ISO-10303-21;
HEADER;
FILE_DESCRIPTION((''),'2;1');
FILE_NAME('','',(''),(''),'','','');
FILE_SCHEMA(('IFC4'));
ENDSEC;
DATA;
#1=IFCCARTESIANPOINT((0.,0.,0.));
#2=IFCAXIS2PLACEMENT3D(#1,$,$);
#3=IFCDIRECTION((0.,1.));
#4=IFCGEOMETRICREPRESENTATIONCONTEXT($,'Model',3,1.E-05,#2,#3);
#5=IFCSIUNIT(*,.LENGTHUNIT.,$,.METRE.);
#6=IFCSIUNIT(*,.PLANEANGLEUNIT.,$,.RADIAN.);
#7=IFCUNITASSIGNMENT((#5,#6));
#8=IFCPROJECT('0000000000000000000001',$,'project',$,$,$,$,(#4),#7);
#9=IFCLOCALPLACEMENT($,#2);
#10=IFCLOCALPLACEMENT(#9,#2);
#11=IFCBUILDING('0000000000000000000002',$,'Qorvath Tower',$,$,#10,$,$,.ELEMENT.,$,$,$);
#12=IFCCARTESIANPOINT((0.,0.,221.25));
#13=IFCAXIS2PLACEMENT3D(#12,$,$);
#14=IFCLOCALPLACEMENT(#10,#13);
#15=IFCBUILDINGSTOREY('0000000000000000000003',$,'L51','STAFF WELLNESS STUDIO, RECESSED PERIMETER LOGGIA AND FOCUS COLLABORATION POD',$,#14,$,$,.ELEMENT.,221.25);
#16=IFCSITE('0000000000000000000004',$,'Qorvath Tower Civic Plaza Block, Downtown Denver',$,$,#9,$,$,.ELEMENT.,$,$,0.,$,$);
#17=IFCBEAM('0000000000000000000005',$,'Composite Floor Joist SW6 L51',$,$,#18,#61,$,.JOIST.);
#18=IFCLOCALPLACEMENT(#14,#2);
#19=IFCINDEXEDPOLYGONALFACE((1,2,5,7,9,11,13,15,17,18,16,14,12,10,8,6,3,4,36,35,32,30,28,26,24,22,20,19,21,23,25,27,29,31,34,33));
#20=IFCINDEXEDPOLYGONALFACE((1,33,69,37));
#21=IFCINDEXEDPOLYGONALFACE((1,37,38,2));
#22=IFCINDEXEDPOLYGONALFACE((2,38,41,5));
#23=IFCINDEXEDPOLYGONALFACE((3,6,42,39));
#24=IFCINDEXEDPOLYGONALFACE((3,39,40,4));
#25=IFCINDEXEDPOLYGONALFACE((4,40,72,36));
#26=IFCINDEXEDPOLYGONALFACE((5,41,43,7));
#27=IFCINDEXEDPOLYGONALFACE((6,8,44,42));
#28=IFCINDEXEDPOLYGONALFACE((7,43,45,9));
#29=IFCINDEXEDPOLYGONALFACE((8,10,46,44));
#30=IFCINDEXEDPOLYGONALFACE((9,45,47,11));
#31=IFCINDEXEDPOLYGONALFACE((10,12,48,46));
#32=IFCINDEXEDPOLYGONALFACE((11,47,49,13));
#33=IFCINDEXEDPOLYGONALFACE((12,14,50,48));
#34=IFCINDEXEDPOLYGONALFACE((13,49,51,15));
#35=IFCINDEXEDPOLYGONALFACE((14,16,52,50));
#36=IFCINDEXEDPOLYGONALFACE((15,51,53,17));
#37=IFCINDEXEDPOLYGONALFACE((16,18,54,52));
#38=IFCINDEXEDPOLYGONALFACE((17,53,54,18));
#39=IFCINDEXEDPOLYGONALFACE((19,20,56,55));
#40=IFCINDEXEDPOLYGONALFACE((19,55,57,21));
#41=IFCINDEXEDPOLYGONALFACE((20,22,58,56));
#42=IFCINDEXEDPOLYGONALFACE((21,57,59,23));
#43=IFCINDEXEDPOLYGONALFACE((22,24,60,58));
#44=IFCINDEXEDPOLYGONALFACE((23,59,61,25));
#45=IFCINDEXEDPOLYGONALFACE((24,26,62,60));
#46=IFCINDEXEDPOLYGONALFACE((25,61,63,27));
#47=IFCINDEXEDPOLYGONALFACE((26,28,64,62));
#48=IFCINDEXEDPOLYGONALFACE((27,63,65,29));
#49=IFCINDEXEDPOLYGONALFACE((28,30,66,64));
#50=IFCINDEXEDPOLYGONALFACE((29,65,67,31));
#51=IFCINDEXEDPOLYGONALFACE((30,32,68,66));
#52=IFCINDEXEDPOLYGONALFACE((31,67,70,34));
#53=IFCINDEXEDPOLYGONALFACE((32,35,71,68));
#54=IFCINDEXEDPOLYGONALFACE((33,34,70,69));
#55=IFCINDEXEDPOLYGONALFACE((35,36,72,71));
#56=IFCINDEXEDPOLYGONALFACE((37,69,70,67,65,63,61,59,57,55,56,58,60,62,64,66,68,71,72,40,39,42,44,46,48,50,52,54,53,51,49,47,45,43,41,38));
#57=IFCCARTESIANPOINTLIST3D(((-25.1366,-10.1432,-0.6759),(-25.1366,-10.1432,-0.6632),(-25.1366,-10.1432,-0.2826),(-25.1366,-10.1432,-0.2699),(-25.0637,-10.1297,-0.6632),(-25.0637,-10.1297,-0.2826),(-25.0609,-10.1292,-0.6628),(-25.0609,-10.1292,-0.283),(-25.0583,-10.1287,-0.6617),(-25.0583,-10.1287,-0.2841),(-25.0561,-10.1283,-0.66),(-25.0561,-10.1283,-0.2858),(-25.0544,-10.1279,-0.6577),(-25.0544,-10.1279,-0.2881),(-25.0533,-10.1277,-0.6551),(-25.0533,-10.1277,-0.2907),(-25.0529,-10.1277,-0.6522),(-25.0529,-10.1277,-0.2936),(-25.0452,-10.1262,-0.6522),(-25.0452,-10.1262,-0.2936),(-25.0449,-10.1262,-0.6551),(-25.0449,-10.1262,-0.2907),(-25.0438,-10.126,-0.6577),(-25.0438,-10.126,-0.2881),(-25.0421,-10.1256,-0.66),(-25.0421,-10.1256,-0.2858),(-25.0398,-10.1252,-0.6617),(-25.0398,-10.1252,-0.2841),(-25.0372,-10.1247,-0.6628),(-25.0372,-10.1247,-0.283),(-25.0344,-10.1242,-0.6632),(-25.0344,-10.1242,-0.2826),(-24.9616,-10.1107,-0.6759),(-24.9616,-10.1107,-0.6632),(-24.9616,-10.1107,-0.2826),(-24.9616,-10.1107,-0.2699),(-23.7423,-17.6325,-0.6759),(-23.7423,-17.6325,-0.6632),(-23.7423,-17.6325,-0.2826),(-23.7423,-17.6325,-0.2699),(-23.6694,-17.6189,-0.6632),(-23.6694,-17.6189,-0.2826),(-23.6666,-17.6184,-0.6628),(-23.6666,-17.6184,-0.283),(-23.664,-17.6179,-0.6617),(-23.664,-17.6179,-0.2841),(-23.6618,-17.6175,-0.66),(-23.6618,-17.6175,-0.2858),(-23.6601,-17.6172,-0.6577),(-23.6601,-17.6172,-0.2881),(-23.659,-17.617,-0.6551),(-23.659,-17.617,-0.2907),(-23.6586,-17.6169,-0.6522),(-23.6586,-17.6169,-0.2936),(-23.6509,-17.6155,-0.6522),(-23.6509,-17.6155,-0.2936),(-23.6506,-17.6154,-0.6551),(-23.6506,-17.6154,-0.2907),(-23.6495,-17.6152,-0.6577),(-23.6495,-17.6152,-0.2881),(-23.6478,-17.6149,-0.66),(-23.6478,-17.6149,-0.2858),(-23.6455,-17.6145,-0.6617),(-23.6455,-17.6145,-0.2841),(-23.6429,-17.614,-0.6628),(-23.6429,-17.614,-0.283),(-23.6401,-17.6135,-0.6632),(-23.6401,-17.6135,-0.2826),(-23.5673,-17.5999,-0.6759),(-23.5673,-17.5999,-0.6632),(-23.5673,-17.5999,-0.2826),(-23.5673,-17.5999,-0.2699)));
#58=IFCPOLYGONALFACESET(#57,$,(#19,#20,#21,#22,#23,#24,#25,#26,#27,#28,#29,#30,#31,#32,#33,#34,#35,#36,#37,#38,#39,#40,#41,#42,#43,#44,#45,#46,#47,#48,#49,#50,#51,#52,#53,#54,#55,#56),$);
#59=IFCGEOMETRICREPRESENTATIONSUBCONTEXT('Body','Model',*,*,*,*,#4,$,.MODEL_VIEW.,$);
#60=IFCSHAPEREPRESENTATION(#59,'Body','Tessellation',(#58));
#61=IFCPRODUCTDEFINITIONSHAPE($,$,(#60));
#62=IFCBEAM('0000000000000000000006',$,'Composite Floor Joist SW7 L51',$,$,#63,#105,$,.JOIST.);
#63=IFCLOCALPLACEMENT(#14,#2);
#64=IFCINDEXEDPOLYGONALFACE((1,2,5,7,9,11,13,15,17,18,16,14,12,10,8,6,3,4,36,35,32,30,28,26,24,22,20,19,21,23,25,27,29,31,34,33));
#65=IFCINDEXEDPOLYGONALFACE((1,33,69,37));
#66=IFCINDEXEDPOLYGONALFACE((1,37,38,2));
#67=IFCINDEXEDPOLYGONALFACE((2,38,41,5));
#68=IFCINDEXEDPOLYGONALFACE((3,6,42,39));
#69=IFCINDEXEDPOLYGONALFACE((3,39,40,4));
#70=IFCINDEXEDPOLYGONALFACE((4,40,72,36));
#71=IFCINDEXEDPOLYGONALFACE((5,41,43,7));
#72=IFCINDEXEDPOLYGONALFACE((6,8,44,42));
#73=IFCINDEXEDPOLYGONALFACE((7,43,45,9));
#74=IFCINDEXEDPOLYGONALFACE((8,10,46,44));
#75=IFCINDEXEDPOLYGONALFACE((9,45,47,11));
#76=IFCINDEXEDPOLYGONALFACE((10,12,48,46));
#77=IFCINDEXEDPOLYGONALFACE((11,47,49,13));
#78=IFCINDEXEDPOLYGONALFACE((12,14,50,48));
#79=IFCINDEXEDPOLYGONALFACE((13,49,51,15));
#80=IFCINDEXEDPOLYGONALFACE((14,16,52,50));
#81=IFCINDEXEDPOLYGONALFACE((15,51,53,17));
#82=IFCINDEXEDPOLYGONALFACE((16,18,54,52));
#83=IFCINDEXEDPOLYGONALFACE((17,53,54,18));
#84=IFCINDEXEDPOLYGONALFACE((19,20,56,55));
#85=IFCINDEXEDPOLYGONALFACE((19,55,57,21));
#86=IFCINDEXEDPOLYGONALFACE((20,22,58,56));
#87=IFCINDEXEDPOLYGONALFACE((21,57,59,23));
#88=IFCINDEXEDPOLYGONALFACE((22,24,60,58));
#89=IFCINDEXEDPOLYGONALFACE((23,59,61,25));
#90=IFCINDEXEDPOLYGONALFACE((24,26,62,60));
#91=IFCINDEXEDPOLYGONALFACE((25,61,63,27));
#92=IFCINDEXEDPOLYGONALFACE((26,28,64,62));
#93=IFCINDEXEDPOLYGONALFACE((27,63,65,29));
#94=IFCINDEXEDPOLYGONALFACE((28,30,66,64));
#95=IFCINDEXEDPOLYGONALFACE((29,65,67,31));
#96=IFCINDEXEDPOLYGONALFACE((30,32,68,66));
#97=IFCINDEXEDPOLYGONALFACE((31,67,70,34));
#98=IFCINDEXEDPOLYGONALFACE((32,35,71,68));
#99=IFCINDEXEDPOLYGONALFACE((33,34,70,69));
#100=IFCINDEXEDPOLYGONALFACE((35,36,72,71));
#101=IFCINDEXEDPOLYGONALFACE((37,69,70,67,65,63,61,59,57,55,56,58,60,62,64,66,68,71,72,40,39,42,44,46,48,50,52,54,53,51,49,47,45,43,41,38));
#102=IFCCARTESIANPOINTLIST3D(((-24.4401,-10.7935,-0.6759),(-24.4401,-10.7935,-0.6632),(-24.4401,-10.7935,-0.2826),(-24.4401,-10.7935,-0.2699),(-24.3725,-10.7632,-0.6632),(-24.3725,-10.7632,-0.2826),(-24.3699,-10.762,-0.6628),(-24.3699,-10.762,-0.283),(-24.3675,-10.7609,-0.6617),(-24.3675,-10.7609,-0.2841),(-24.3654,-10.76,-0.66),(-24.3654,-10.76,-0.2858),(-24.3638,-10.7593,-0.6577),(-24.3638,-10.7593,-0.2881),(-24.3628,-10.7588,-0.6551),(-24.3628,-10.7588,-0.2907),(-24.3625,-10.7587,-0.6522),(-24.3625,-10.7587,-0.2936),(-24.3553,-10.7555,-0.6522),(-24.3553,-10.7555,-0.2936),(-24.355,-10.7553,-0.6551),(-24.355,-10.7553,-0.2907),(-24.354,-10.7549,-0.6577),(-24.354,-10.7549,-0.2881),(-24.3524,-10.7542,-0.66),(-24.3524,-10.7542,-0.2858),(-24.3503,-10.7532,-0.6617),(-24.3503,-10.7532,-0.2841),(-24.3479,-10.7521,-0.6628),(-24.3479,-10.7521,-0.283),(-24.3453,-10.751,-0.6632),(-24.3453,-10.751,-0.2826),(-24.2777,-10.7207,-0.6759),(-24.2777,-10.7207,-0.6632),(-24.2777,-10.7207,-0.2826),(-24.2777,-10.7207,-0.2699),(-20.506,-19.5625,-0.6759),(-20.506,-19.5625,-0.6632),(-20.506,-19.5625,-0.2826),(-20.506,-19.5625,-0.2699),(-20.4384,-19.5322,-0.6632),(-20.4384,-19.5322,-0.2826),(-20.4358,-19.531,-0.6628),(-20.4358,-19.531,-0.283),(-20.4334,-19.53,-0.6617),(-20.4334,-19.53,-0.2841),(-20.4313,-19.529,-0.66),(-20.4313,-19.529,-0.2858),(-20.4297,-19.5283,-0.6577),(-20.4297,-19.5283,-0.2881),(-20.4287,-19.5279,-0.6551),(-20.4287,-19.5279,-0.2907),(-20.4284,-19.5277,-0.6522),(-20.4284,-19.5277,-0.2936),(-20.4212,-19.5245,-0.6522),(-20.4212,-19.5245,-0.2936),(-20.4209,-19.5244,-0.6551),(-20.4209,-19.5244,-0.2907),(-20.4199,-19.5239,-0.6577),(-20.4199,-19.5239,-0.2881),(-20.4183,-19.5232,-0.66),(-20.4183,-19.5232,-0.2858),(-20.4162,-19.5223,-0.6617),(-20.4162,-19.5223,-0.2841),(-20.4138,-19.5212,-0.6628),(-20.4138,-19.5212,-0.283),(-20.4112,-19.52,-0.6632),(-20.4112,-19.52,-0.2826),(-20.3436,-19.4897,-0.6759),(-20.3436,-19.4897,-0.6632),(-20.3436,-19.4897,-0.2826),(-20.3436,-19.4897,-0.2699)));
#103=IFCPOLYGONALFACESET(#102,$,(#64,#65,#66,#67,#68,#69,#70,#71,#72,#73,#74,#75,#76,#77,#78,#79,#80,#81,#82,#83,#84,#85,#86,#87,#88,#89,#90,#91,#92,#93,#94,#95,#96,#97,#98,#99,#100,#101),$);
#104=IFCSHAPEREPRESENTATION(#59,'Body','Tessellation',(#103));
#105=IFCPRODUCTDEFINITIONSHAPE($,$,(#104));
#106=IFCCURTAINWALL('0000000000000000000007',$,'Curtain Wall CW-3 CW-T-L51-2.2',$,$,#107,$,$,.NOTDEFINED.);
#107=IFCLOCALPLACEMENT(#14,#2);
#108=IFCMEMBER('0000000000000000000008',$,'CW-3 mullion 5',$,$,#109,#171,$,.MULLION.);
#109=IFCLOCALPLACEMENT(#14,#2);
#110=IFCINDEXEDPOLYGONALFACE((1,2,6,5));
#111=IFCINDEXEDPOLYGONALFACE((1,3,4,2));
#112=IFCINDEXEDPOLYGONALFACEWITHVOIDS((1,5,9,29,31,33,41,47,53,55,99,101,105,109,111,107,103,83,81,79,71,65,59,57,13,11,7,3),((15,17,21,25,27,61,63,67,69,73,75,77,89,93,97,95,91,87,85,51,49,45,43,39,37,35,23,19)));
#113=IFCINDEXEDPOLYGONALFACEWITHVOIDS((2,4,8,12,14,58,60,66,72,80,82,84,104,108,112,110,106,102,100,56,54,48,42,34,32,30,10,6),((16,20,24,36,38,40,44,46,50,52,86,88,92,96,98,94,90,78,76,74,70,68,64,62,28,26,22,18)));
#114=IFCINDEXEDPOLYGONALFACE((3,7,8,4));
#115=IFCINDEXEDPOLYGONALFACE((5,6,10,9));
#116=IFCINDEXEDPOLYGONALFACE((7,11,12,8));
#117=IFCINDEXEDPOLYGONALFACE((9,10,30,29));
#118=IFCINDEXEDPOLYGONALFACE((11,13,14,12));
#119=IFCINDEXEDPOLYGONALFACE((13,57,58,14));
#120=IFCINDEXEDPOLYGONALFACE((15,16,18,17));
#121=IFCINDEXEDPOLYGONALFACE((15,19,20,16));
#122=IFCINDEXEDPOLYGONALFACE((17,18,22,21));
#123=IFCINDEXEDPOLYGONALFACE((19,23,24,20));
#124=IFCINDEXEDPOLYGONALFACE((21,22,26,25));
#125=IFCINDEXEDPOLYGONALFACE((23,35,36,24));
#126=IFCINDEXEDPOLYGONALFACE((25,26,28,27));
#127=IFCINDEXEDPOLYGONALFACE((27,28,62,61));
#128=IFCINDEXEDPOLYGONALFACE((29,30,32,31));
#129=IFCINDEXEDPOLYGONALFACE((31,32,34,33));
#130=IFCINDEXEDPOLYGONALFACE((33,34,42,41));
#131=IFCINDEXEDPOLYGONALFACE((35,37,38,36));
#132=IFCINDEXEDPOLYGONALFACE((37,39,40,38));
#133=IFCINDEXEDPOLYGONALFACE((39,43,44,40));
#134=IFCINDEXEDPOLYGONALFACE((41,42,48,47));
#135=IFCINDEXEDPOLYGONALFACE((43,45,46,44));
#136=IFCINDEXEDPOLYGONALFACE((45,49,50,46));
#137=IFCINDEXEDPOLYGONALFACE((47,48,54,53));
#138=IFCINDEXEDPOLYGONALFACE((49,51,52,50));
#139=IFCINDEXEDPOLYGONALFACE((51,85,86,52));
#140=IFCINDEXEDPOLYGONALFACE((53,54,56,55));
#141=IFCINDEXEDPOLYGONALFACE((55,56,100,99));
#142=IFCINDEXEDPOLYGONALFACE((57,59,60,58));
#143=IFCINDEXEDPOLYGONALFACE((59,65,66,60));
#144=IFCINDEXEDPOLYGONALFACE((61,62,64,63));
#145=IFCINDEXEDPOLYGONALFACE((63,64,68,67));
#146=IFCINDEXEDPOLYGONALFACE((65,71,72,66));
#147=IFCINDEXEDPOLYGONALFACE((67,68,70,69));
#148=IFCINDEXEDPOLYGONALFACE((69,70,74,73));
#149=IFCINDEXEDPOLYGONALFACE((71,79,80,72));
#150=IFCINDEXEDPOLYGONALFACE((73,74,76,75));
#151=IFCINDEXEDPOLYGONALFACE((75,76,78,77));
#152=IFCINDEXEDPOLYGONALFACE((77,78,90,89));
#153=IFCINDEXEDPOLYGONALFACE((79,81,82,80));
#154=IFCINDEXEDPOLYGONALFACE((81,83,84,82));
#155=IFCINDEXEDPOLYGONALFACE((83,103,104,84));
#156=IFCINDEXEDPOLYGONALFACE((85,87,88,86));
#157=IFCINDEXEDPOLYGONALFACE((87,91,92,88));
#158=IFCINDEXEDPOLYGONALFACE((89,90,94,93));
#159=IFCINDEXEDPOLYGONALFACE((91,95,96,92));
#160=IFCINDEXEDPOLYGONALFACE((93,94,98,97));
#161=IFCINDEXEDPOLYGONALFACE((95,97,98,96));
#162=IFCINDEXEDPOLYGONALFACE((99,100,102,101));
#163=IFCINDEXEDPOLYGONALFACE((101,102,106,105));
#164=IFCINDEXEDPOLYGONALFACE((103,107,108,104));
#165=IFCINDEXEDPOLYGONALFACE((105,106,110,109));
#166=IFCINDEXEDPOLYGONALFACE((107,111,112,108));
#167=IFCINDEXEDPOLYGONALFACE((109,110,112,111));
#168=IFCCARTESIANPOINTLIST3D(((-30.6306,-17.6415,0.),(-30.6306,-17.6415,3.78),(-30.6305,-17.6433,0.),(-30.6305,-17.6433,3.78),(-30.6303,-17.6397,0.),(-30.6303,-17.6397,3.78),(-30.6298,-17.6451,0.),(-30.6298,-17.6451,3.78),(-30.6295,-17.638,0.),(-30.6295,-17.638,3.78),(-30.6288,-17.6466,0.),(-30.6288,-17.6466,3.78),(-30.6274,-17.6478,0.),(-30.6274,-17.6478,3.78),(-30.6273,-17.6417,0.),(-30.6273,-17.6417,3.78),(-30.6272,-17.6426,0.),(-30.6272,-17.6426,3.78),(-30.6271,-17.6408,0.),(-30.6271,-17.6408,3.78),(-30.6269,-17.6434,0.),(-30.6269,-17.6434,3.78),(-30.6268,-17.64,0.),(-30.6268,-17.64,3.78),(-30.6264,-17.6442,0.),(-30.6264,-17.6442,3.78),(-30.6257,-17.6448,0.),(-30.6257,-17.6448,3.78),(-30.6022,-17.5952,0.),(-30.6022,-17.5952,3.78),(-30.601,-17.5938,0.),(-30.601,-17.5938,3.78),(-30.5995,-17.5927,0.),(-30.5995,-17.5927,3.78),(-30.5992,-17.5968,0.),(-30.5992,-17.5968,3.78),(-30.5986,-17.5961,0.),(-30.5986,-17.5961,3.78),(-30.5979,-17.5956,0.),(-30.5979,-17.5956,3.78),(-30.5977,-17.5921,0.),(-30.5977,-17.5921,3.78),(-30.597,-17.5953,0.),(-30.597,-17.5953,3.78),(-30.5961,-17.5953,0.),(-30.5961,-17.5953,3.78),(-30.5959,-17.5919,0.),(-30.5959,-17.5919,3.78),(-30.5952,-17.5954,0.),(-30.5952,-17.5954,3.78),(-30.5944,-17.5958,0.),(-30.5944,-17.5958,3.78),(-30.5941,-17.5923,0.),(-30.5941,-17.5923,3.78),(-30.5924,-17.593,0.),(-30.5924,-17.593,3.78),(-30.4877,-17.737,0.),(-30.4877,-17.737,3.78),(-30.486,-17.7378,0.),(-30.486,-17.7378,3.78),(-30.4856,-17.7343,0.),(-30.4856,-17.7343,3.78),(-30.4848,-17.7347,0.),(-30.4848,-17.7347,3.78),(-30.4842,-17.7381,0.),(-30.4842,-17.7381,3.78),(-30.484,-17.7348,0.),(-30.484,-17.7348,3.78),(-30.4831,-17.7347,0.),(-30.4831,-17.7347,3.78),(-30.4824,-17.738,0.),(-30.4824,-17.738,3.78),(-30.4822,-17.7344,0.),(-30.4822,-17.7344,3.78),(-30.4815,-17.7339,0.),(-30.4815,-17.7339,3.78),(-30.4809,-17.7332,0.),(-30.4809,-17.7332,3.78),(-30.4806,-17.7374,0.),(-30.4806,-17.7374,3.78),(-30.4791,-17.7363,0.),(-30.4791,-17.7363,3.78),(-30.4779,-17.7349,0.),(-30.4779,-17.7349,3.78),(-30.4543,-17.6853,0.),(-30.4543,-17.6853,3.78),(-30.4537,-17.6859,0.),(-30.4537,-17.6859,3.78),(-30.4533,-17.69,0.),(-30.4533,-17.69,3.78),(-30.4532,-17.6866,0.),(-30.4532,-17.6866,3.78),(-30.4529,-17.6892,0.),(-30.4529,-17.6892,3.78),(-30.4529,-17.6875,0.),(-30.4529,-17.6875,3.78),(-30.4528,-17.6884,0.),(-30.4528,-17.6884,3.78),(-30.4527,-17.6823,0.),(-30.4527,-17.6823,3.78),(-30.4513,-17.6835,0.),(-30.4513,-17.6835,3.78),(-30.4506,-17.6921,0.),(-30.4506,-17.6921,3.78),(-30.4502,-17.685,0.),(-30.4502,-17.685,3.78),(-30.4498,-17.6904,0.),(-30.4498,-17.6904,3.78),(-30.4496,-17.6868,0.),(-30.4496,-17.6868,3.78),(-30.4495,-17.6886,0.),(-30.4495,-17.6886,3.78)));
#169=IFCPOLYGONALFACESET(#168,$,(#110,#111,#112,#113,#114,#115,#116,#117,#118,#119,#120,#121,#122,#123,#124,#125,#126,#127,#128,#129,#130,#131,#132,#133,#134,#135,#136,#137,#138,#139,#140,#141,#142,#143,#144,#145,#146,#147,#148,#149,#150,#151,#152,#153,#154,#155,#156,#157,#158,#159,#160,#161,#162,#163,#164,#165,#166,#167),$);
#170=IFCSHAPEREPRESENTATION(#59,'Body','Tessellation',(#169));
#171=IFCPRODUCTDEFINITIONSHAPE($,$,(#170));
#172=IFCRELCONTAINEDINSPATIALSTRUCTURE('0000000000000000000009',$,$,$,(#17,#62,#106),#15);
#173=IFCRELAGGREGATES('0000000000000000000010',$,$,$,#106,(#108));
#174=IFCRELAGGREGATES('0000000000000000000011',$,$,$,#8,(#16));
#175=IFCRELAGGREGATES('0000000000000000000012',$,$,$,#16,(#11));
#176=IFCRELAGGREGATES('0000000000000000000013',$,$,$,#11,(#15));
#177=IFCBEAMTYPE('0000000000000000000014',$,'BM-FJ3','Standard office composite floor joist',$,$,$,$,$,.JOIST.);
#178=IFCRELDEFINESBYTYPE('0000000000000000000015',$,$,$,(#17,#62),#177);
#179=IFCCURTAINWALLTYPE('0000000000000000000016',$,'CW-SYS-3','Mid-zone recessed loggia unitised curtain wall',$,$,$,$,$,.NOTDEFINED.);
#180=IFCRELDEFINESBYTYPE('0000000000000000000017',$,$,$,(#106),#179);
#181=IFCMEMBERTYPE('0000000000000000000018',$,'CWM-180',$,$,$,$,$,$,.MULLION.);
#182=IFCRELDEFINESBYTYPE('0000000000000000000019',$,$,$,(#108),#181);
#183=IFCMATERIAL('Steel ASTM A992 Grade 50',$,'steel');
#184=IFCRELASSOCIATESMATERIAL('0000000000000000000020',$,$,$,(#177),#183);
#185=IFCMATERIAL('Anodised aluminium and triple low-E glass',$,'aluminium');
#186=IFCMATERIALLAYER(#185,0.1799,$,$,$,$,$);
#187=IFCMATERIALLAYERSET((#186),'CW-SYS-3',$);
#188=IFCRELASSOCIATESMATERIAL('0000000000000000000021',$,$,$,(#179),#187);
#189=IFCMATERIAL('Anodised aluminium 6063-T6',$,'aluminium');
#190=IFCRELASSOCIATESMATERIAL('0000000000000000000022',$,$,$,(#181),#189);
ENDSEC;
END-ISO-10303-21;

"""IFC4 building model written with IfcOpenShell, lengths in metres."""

from ifc_helpers import new_model, si_unit, direction, frame, origin, origin_2d, place, context, subcontext, project, spatial, hollow_rectangle, i_section, extrude, material, layer, layer_set, material_profile, profile_set, type_object, element, aggregate, save


model = new_model("IFC4")

# Units and contexts
model_context = context("Model", 3, precision=1e-05, world=origin(), true_north=direction((0.0, 1.0)))
body_context = subcontext(model_context, "Body", "Model", "MODEL_VIEW")
ifc_project = project(units=[si_unit("LENGTHUNIT", "METRE"), si_unit("PLANEANGLEUNIT", "RADIAN")], contexts=[model_context])

# Site, building, storey
site_placement = place(None, origin())
site = spatial("IfcSite", under=ifc_project, at=site_placement, Name="Qorvath Tower Civic Plaza Block, Downtown Denver", CompositionType="ELEMENT", RefElevation=0.0)
building_placement = place(site_placement, origin())
building = spatial("IfcBuilding", under=site, at=building_placement, Name="Qorvath Tower", CompositionType="ELEMENT")
storey_placement = place(building_placement, frame((0.0, 0.0, 221.25)))
storey = spatial("IfcBuildingStorey", under=building, at=storey_placement, Name="L51", Description="STAFF WELLNESS STUDIO, RECESSED PERIMETER LOGGIA AND FOCUS COLLABORATION POD", CompositionType="ELEMENT", Elevation=221.25)

# Beams
ifc_material_1 = material(Name="Steel ASTM A992 Grade 50", Category="steel")
ifc_material_profile_1 = material_profile(ifc_material_1, i_section(OverallWidth=0.178, OverallDepth=0.406, WebThickness=0.0078, FlangeThickness=0.0127, FilletRadius=0.011, at=origin_2d()), Name="W16x40")
ifc_profile_set_1 = profile_set([ifc_material_profile_1], Name="Steel ASTM A992 Grade 50")
beam_type_1 = type_object("IfcBeamType", Name="BM-FJ3", Description="Standard office composite floor joist", PredefinedType="JOIST", material=ifc_profile_set_1)
beam_1_placement = place(storey_placement, frame((-25.0491, -10.127, -0.4729), z_axis=(0.183027, -0.983108, 0.0), x_axis=(0.983108, 0.183027, 0.0)))
element("IfcBeam", 1, at=beam_1_placement, inside=storey, type_object=beam_type_1, Name="Composite Floor Joist SW6 L51", PredefinedType="JOIST", context=body_context, shape_type="SweptSolid", body=[
    extrude(i_section(OverallWidth=0.178, OverallDepth=0.406, WebThickness=0.0078, FlangeThickness=0.0127, FilletRadius=0.011, at=origin_2d()), origin(), (0.0, 0.0, 1.0), 7.6179),
])
beam_2_placement = place(storey_placement, frame((-24.3589, -10.7571, -0.4729), z_axis=(0.409327, -0.912388, 0.0), x_axis=(0.912388, 0.409327, 0.0)))
element("IfcBeam", 2, at=beam_2_placement, inside=storey, type_object=beam_type_1, Name="Composite Floor Joist SW7 L51", PredefinedType="JOIST", context=body_context, shape_type="SweptSolid", body=[
    extrude(i_section(OverallWidth=0.178, OverallDepth=0.406, WebThickness=0.0078, FlangeThickness=0.0127, FilletRadius=0.011, at=origin_2d()), origin(), (0.0, 0.0, 1.0), 9.6111),
])

# Curtain wall, member
ifc_material_2 = material(Name="Anodised aluminium and triple low-E glass", Category="aluminium")
ifc_layer_1 = layer(ifc_material_2, 0.1799)
ifc_layer_set_1 = layer_set([ifc_layer_1], Name="CW-SYS-3")
curtain_wall_type = type_object("IfcCurtainWallType", Name="CW-SYS-3", Description="Mid-zone recessed loggia unitised curtain wall", PredefinedType="NOTDEFINED", material=ifc_layer_set_1)
curtain_wall_placement = place(storey_placement, origin())
curtain_wall = element("IfcCurtainWall", 3, at=curtain_wall_placement, inside=storey, type_object=curtain_wall_type, Name="Curtain Wall CW-3 CW-T-L51-2.2", PredefinedType="NOTDEFINED")
ifc_material_3 = material(Name="Anodised aluminium 6063-T6", Category="aluminium")
ifc_material_profile_2 = material_profile(ifc_material_3, hollow_rectangle(XDim=0.0649, YDim=0.1799, WallThickness=0.0034, InnerFilletRadius=0.0034, OuterFilletRadius=0.0071, at=origin_2d()), Name="CWM 180x65")
ifc_profile_set_2 = profile_set([ifc_material_profile_2], Name="Anodised aluminium 6063-T6")
member_type_1 = type_object("IfcMemberType", Name="CWM-180", PredefinedType="MULLION", material=ifc_profile_set_2)
member_1_placement = place(storey_placement, frame((-30.54, -17.665, 0.0), z_axis=(0.0, 0.0, 1.0), x_axis=(0.538535, 0.842603, 0.0)))
member_1 = element("IfcMember", 4, at=member_1_placement, type_object=member_type_1, Name="CW-3 mullion 5", PredefinedType="MULLION", context=body_context, shape_type="SweptSolid", body=[
    extrude(hollow_rectangle(XDim=0.0649, YDim=0.1799, WallThickness=0.0034, InnerFilletRadius=0.0034, OuterFilletRadius=0.0071, at=origin_2d()), origin(), (0.0, 0.0, 1.0), 3.78),
])
aggregate(curtain_wall, [member_1])

save(model, "model.ifc")
